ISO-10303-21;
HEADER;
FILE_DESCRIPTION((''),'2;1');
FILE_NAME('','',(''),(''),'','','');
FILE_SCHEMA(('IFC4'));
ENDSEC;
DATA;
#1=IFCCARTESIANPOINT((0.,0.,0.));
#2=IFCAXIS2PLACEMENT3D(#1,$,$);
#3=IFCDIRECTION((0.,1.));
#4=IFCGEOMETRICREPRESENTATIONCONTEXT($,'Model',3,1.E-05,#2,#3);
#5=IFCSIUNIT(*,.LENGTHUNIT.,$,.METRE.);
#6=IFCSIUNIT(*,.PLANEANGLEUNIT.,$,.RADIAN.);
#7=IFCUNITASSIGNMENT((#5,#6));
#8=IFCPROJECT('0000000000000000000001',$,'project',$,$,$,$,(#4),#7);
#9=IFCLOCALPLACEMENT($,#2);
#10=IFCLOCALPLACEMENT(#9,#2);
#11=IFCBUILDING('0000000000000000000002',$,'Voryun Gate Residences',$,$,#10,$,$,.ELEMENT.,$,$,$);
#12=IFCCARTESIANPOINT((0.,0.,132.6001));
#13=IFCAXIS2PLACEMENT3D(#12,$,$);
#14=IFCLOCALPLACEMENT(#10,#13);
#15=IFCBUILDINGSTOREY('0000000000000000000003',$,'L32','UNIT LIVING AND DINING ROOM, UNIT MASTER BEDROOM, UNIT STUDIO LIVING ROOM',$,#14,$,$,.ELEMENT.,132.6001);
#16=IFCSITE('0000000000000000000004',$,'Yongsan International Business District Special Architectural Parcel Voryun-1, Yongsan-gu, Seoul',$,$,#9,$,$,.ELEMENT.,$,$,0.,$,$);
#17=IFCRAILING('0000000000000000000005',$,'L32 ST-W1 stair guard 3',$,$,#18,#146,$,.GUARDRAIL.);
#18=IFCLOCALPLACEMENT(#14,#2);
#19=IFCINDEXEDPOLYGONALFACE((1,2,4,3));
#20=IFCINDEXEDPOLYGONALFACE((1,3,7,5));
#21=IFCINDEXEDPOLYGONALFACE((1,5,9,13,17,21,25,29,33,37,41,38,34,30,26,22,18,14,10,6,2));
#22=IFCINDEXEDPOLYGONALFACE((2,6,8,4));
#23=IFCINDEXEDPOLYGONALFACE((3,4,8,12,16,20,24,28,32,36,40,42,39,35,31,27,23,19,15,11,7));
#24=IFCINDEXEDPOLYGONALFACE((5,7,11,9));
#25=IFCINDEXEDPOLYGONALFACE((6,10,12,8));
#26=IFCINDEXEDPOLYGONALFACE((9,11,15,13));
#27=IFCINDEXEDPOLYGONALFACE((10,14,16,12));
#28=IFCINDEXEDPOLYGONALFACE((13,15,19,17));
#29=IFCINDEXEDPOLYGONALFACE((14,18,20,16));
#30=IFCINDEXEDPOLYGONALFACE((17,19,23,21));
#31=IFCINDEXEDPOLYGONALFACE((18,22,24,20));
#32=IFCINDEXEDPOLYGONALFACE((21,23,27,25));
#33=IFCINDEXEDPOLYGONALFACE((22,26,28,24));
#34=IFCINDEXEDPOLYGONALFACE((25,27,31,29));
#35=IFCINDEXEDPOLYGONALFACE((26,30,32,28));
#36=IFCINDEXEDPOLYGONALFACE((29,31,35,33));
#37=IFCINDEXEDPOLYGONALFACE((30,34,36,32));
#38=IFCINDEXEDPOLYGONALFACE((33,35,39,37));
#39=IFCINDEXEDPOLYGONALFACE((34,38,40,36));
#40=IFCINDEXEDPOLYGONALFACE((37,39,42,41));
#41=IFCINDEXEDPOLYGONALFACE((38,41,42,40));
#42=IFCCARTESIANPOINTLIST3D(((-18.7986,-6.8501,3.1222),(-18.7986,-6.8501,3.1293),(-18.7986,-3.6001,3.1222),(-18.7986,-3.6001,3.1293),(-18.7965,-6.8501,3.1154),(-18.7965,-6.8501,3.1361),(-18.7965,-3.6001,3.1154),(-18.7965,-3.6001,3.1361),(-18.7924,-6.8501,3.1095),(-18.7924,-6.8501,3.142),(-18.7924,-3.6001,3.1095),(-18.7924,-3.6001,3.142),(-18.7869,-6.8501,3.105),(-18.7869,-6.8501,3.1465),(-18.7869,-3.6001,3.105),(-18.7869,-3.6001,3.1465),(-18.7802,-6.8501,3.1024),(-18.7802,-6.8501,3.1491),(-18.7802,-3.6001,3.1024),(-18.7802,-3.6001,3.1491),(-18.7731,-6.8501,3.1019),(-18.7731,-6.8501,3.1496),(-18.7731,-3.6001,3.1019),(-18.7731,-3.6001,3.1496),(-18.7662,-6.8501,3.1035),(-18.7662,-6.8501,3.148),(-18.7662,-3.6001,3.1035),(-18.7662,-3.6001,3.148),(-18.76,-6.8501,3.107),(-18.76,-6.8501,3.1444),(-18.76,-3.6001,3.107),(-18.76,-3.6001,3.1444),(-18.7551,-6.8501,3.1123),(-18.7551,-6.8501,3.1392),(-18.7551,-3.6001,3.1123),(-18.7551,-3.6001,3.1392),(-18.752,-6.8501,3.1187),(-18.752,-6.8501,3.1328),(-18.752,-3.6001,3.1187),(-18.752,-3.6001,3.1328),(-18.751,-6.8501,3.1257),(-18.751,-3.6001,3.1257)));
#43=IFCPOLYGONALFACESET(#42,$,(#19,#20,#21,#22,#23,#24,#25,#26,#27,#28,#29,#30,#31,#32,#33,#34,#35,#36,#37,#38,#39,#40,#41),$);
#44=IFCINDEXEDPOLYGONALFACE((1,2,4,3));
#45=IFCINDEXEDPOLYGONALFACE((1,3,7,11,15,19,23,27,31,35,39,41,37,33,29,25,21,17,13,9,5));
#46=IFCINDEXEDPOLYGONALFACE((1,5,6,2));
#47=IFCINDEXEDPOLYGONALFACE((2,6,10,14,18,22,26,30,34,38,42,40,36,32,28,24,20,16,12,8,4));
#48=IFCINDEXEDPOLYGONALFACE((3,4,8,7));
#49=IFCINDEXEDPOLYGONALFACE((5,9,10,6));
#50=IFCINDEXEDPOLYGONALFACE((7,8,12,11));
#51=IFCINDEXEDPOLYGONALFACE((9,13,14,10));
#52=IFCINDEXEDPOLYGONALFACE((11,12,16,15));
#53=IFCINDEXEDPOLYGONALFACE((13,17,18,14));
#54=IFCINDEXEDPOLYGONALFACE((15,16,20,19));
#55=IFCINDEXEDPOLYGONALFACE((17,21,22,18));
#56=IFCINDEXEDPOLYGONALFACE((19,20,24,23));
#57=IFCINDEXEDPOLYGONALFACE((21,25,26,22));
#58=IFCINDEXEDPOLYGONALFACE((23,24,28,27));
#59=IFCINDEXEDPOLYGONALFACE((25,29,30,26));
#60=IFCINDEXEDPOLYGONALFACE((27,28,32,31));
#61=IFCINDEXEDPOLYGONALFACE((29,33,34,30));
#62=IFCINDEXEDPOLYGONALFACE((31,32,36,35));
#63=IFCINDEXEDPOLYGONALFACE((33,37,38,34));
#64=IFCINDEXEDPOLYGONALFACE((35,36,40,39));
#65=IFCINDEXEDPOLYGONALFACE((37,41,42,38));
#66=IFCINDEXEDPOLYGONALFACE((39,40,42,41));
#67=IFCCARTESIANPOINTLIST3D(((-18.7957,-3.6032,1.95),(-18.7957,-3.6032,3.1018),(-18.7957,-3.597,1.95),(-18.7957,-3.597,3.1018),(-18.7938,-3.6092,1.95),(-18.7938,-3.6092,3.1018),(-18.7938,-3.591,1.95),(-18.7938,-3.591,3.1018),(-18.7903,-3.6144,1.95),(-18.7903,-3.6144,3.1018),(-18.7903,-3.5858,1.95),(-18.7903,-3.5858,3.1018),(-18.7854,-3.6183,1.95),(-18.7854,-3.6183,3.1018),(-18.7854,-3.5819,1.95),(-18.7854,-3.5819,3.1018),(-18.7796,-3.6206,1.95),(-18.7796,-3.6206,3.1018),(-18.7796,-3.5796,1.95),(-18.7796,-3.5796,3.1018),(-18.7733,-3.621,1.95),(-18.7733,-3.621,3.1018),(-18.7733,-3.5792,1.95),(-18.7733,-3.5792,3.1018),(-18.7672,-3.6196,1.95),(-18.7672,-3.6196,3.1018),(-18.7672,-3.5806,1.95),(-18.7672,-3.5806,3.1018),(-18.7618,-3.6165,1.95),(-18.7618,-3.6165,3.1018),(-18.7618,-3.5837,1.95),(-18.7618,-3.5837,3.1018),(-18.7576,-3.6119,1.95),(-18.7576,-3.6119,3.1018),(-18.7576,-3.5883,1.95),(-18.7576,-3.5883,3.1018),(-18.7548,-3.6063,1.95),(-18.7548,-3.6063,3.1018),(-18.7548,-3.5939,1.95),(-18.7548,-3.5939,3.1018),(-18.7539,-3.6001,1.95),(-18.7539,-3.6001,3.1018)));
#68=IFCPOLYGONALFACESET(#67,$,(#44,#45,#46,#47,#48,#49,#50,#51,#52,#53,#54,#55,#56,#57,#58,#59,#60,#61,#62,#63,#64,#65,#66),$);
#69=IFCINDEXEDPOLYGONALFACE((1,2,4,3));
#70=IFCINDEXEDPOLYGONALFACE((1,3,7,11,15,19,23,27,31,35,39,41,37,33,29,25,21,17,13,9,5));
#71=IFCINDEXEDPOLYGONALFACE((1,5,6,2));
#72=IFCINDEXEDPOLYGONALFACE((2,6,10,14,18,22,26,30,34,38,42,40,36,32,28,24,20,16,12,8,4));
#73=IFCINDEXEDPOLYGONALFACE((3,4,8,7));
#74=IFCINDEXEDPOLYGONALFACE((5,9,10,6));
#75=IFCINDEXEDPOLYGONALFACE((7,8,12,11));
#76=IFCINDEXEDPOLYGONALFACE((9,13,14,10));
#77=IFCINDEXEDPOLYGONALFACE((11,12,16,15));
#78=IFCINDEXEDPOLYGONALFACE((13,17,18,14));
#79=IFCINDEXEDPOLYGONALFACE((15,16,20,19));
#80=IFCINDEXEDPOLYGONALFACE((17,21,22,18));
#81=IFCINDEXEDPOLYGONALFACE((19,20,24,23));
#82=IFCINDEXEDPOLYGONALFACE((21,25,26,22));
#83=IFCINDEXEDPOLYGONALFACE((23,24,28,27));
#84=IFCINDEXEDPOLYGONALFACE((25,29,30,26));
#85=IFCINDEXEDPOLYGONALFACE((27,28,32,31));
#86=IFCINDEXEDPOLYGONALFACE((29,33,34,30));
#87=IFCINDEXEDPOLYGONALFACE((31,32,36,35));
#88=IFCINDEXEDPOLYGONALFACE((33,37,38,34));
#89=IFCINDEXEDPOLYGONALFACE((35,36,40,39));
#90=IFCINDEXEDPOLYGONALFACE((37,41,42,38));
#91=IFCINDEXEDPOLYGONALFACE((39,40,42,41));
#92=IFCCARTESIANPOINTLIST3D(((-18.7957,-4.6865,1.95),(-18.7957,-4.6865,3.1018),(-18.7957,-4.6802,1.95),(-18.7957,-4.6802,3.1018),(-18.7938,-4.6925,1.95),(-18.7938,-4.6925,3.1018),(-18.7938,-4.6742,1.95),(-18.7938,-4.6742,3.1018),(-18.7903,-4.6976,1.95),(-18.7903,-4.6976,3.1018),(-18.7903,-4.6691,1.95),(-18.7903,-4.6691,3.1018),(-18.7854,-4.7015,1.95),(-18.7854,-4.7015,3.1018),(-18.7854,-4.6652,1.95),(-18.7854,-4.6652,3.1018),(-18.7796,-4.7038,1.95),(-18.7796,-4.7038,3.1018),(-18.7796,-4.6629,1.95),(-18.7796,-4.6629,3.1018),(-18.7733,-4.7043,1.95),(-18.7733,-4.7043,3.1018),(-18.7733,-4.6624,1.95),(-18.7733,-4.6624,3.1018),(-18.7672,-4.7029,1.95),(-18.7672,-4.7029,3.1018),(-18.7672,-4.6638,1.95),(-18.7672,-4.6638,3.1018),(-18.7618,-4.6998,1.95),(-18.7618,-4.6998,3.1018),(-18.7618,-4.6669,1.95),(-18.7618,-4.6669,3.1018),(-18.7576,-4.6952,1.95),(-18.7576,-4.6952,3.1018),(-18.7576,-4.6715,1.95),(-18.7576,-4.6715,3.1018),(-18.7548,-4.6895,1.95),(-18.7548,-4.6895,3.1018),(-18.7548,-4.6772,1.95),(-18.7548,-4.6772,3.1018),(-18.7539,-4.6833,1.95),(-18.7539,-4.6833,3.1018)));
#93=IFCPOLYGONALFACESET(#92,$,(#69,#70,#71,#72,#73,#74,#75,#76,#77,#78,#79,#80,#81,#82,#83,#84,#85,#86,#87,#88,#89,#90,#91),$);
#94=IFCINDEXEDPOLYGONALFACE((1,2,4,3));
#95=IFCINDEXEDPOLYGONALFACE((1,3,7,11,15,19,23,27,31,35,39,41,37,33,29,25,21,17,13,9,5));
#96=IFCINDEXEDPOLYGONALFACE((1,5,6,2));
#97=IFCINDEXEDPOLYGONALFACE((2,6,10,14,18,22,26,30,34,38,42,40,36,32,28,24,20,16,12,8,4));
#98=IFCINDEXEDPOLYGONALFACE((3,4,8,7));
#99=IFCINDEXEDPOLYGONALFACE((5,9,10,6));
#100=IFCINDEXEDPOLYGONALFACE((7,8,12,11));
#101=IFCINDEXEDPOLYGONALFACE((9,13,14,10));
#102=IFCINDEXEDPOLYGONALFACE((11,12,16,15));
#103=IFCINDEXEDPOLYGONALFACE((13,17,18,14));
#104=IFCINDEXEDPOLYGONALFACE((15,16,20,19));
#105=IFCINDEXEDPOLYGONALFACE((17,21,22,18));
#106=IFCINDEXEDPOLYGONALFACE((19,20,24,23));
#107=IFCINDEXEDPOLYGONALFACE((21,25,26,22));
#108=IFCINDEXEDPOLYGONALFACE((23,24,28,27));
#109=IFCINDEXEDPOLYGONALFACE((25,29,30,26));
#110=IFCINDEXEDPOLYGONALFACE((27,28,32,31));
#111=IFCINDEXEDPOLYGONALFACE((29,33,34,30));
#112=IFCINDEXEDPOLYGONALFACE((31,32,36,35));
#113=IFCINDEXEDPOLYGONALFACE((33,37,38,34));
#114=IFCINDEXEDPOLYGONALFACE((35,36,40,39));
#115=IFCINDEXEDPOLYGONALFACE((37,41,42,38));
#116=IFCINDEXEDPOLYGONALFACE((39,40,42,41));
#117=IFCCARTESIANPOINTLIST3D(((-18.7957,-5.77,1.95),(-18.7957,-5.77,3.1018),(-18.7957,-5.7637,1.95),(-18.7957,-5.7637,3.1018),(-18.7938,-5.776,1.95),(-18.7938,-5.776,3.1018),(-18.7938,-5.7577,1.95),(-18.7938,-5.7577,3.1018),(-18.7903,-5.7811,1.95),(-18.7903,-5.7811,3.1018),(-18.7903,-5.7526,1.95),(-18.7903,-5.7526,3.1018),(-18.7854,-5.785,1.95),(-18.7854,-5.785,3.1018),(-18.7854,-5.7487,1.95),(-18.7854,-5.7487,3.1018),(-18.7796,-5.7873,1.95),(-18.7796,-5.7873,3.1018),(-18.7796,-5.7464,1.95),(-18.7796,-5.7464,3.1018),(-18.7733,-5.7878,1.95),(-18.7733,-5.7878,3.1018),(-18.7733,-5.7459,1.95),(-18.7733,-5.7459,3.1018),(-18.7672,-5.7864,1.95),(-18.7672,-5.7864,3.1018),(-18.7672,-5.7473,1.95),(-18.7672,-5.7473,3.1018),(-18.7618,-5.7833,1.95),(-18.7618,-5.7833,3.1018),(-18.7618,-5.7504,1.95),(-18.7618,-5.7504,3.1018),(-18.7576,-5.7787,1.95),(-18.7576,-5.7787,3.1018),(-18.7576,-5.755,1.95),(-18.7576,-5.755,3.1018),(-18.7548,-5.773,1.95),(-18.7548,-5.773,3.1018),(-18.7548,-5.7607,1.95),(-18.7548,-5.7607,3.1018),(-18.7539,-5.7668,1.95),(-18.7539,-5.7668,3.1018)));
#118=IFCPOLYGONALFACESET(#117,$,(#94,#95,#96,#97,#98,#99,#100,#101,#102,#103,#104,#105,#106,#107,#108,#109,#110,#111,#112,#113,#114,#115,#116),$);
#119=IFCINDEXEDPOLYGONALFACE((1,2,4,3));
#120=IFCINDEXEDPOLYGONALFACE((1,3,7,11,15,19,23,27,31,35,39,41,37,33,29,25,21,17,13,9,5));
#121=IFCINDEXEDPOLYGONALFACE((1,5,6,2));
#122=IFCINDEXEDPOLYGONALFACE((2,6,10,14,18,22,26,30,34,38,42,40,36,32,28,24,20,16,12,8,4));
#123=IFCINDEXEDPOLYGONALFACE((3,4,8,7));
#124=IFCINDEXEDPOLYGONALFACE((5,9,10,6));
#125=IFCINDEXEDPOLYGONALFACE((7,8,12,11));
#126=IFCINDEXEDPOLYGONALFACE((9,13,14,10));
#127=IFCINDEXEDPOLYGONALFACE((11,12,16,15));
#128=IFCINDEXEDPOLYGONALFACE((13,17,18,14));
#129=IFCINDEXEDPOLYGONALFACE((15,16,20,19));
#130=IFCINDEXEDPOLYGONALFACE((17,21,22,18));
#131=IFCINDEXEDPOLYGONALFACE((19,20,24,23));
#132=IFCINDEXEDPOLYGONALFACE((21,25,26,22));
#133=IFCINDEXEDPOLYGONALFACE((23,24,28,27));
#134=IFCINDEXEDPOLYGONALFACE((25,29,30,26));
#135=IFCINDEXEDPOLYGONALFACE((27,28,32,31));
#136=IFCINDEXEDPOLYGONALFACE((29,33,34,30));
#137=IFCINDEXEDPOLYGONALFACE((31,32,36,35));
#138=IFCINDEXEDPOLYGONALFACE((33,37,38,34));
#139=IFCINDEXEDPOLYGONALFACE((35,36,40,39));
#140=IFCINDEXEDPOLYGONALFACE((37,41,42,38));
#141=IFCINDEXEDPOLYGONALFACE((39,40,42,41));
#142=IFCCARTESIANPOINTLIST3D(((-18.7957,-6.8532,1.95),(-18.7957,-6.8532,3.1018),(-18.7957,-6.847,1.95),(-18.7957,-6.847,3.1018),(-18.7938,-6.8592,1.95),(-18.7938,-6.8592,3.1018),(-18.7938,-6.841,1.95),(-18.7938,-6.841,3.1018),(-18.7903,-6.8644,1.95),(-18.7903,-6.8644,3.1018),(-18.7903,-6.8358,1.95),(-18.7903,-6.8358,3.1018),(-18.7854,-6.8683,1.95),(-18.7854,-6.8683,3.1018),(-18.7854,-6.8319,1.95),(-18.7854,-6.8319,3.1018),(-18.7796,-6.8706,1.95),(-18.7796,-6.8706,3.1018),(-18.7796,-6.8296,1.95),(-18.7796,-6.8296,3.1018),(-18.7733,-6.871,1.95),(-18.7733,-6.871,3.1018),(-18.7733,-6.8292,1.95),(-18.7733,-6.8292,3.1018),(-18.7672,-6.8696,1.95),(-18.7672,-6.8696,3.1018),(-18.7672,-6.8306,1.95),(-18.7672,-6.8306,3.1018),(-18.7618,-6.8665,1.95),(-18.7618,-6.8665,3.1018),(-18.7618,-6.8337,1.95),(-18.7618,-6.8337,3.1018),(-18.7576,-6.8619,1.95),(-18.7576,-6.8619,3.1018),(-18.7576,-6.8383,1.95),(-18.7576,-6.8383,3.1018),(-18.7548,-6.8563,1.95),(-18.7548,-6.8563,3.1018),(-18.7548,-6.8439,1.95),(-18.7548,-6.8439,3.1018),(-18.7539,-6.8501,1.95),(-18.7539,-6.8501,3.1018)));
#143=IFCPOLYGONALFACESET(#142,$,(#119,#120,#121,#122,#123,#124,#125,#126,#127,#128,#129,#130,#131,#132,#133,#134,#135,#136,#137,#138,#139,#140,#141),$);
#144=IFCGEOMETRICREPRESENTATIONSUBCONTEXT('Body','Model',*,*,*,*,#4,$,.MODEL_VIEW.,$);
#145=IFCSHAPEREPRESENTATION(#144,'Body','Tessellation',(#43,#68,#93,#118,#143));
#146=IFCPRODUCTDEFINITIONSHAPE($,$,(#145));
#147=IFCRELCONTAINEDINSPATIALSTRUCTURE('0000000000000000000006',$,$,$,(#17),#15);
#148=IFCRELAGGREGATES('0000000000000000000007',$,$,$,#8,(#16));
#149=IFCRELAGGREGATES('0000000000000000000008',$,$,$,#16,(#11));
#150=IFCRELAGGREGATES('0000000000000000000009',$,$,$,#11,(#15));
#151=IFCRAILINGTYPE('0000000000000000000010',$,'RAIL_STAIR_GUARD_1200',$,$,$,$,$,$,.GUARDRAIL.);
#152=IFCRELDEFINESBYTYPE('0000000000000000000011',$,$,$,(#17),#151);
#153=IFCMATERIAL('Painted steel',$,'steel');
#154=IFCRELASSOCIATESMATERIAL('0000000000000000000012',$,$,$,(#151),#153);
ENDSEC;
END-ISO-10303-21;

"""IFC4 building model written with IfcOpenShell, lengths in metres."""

from ifc_helpers import new_model, si_unit, direction, frame, origin, origin_2d, place, context, subcontext, project, spatial, circle, extrude, material, type_object, element, save


model = new_model("IFC4")

# Units and contexts
model_context = context("Model", 3, precision=1e-05, world=origin(), true_north=direction((0.0, 1.0)))
body_context = subcontext(model_context, "Body", "Model", "MODEL_VIEW")
ifc_project = project(units=[si_unit("LENGTHUNIT", "METRE"), si_unit("PLANEANGLEUNIT", "RADIAN")], contexts=[model_context])

# Site, building, storey
site_placement = place(None, origin())
site = spatial("IfcSite", under=ifc_project, at=site_placement, Name="Yongsan International Business District Special Architectural Parcel Voryun-1, Yongsan-gu, Seoul", CompositionType="ELEMENT", RefElevation=0.0)
building_placement = place(site_placement, origin())
building = spatial("IfcBuilding", under=site, at=building_placement, Name="Voryun Gate Residences", CompositionType="ELEMENT")
storey_placement = place(building_placement, frame((0.0, 0.0, 132.6001)))
storey = spatial("IfcBuildingStorey", under=building, at=storey_placement, Name="L32", Description="UNIT LIVING AND DINING ROOM, UNIT MASTER BEDROOM, UNIT STUDIO LIVING ROOM", CompositionType="ELEMENT", Elevation=132.6001)

# Railing
ifc_material_1 = material(Name="Painted steel", Category="steel")
railing_type_1 = type_object("IfcRailingType", Name="RAIL_STAIR_GUARD_1200", PredefinedType="GUARDRAIL", material=ifc_material_1)
railing_1_placement = place(storey_placement, frame((-18.7749, -3.6001, 1.95)))
element("IfcRailing", 1, at=railing_1_placement, inside=storey, type_object=railing_type_1, Name="L32 ST-W1 stair guard 3", PredefinedType="GUARDRAIL", context=body_context, shape_type="SweptSolid", body=[
    extrude(circle(Radius=0.0239, at=origin_2d()), frame((0.0, 0.0, 1.1758), z_axis=(0.0, -1.0, 0.0), x_axis=(1.0, 0.0, 0.0)), (0.0, 0.0, 1.0), 3.25),
    extrude(circle(Radius=0.021, at=origin_2d()), origin(), (0.0, 0.0, 1.0), 1.1519),
    extrude(circle(Radius=0.021, at=origin_2d()), frame((0.0, -1.0833, 0.0)), (0.0, 0.0, 1.0), 1.1519),
    extrude(circle(Radius=0.021, at=origin_2d()), frame((0.0, -2.1667, 0.0)), (0.0, 0.0, 1.0), 1.1519),
    extrude(circle(Radius=0.021, at=origin_2d()), frame((0.0, -3.25, 0.0)), (0.0, 0.0, 1.0), 1.1519),
])

save(model, "model.ifc")
